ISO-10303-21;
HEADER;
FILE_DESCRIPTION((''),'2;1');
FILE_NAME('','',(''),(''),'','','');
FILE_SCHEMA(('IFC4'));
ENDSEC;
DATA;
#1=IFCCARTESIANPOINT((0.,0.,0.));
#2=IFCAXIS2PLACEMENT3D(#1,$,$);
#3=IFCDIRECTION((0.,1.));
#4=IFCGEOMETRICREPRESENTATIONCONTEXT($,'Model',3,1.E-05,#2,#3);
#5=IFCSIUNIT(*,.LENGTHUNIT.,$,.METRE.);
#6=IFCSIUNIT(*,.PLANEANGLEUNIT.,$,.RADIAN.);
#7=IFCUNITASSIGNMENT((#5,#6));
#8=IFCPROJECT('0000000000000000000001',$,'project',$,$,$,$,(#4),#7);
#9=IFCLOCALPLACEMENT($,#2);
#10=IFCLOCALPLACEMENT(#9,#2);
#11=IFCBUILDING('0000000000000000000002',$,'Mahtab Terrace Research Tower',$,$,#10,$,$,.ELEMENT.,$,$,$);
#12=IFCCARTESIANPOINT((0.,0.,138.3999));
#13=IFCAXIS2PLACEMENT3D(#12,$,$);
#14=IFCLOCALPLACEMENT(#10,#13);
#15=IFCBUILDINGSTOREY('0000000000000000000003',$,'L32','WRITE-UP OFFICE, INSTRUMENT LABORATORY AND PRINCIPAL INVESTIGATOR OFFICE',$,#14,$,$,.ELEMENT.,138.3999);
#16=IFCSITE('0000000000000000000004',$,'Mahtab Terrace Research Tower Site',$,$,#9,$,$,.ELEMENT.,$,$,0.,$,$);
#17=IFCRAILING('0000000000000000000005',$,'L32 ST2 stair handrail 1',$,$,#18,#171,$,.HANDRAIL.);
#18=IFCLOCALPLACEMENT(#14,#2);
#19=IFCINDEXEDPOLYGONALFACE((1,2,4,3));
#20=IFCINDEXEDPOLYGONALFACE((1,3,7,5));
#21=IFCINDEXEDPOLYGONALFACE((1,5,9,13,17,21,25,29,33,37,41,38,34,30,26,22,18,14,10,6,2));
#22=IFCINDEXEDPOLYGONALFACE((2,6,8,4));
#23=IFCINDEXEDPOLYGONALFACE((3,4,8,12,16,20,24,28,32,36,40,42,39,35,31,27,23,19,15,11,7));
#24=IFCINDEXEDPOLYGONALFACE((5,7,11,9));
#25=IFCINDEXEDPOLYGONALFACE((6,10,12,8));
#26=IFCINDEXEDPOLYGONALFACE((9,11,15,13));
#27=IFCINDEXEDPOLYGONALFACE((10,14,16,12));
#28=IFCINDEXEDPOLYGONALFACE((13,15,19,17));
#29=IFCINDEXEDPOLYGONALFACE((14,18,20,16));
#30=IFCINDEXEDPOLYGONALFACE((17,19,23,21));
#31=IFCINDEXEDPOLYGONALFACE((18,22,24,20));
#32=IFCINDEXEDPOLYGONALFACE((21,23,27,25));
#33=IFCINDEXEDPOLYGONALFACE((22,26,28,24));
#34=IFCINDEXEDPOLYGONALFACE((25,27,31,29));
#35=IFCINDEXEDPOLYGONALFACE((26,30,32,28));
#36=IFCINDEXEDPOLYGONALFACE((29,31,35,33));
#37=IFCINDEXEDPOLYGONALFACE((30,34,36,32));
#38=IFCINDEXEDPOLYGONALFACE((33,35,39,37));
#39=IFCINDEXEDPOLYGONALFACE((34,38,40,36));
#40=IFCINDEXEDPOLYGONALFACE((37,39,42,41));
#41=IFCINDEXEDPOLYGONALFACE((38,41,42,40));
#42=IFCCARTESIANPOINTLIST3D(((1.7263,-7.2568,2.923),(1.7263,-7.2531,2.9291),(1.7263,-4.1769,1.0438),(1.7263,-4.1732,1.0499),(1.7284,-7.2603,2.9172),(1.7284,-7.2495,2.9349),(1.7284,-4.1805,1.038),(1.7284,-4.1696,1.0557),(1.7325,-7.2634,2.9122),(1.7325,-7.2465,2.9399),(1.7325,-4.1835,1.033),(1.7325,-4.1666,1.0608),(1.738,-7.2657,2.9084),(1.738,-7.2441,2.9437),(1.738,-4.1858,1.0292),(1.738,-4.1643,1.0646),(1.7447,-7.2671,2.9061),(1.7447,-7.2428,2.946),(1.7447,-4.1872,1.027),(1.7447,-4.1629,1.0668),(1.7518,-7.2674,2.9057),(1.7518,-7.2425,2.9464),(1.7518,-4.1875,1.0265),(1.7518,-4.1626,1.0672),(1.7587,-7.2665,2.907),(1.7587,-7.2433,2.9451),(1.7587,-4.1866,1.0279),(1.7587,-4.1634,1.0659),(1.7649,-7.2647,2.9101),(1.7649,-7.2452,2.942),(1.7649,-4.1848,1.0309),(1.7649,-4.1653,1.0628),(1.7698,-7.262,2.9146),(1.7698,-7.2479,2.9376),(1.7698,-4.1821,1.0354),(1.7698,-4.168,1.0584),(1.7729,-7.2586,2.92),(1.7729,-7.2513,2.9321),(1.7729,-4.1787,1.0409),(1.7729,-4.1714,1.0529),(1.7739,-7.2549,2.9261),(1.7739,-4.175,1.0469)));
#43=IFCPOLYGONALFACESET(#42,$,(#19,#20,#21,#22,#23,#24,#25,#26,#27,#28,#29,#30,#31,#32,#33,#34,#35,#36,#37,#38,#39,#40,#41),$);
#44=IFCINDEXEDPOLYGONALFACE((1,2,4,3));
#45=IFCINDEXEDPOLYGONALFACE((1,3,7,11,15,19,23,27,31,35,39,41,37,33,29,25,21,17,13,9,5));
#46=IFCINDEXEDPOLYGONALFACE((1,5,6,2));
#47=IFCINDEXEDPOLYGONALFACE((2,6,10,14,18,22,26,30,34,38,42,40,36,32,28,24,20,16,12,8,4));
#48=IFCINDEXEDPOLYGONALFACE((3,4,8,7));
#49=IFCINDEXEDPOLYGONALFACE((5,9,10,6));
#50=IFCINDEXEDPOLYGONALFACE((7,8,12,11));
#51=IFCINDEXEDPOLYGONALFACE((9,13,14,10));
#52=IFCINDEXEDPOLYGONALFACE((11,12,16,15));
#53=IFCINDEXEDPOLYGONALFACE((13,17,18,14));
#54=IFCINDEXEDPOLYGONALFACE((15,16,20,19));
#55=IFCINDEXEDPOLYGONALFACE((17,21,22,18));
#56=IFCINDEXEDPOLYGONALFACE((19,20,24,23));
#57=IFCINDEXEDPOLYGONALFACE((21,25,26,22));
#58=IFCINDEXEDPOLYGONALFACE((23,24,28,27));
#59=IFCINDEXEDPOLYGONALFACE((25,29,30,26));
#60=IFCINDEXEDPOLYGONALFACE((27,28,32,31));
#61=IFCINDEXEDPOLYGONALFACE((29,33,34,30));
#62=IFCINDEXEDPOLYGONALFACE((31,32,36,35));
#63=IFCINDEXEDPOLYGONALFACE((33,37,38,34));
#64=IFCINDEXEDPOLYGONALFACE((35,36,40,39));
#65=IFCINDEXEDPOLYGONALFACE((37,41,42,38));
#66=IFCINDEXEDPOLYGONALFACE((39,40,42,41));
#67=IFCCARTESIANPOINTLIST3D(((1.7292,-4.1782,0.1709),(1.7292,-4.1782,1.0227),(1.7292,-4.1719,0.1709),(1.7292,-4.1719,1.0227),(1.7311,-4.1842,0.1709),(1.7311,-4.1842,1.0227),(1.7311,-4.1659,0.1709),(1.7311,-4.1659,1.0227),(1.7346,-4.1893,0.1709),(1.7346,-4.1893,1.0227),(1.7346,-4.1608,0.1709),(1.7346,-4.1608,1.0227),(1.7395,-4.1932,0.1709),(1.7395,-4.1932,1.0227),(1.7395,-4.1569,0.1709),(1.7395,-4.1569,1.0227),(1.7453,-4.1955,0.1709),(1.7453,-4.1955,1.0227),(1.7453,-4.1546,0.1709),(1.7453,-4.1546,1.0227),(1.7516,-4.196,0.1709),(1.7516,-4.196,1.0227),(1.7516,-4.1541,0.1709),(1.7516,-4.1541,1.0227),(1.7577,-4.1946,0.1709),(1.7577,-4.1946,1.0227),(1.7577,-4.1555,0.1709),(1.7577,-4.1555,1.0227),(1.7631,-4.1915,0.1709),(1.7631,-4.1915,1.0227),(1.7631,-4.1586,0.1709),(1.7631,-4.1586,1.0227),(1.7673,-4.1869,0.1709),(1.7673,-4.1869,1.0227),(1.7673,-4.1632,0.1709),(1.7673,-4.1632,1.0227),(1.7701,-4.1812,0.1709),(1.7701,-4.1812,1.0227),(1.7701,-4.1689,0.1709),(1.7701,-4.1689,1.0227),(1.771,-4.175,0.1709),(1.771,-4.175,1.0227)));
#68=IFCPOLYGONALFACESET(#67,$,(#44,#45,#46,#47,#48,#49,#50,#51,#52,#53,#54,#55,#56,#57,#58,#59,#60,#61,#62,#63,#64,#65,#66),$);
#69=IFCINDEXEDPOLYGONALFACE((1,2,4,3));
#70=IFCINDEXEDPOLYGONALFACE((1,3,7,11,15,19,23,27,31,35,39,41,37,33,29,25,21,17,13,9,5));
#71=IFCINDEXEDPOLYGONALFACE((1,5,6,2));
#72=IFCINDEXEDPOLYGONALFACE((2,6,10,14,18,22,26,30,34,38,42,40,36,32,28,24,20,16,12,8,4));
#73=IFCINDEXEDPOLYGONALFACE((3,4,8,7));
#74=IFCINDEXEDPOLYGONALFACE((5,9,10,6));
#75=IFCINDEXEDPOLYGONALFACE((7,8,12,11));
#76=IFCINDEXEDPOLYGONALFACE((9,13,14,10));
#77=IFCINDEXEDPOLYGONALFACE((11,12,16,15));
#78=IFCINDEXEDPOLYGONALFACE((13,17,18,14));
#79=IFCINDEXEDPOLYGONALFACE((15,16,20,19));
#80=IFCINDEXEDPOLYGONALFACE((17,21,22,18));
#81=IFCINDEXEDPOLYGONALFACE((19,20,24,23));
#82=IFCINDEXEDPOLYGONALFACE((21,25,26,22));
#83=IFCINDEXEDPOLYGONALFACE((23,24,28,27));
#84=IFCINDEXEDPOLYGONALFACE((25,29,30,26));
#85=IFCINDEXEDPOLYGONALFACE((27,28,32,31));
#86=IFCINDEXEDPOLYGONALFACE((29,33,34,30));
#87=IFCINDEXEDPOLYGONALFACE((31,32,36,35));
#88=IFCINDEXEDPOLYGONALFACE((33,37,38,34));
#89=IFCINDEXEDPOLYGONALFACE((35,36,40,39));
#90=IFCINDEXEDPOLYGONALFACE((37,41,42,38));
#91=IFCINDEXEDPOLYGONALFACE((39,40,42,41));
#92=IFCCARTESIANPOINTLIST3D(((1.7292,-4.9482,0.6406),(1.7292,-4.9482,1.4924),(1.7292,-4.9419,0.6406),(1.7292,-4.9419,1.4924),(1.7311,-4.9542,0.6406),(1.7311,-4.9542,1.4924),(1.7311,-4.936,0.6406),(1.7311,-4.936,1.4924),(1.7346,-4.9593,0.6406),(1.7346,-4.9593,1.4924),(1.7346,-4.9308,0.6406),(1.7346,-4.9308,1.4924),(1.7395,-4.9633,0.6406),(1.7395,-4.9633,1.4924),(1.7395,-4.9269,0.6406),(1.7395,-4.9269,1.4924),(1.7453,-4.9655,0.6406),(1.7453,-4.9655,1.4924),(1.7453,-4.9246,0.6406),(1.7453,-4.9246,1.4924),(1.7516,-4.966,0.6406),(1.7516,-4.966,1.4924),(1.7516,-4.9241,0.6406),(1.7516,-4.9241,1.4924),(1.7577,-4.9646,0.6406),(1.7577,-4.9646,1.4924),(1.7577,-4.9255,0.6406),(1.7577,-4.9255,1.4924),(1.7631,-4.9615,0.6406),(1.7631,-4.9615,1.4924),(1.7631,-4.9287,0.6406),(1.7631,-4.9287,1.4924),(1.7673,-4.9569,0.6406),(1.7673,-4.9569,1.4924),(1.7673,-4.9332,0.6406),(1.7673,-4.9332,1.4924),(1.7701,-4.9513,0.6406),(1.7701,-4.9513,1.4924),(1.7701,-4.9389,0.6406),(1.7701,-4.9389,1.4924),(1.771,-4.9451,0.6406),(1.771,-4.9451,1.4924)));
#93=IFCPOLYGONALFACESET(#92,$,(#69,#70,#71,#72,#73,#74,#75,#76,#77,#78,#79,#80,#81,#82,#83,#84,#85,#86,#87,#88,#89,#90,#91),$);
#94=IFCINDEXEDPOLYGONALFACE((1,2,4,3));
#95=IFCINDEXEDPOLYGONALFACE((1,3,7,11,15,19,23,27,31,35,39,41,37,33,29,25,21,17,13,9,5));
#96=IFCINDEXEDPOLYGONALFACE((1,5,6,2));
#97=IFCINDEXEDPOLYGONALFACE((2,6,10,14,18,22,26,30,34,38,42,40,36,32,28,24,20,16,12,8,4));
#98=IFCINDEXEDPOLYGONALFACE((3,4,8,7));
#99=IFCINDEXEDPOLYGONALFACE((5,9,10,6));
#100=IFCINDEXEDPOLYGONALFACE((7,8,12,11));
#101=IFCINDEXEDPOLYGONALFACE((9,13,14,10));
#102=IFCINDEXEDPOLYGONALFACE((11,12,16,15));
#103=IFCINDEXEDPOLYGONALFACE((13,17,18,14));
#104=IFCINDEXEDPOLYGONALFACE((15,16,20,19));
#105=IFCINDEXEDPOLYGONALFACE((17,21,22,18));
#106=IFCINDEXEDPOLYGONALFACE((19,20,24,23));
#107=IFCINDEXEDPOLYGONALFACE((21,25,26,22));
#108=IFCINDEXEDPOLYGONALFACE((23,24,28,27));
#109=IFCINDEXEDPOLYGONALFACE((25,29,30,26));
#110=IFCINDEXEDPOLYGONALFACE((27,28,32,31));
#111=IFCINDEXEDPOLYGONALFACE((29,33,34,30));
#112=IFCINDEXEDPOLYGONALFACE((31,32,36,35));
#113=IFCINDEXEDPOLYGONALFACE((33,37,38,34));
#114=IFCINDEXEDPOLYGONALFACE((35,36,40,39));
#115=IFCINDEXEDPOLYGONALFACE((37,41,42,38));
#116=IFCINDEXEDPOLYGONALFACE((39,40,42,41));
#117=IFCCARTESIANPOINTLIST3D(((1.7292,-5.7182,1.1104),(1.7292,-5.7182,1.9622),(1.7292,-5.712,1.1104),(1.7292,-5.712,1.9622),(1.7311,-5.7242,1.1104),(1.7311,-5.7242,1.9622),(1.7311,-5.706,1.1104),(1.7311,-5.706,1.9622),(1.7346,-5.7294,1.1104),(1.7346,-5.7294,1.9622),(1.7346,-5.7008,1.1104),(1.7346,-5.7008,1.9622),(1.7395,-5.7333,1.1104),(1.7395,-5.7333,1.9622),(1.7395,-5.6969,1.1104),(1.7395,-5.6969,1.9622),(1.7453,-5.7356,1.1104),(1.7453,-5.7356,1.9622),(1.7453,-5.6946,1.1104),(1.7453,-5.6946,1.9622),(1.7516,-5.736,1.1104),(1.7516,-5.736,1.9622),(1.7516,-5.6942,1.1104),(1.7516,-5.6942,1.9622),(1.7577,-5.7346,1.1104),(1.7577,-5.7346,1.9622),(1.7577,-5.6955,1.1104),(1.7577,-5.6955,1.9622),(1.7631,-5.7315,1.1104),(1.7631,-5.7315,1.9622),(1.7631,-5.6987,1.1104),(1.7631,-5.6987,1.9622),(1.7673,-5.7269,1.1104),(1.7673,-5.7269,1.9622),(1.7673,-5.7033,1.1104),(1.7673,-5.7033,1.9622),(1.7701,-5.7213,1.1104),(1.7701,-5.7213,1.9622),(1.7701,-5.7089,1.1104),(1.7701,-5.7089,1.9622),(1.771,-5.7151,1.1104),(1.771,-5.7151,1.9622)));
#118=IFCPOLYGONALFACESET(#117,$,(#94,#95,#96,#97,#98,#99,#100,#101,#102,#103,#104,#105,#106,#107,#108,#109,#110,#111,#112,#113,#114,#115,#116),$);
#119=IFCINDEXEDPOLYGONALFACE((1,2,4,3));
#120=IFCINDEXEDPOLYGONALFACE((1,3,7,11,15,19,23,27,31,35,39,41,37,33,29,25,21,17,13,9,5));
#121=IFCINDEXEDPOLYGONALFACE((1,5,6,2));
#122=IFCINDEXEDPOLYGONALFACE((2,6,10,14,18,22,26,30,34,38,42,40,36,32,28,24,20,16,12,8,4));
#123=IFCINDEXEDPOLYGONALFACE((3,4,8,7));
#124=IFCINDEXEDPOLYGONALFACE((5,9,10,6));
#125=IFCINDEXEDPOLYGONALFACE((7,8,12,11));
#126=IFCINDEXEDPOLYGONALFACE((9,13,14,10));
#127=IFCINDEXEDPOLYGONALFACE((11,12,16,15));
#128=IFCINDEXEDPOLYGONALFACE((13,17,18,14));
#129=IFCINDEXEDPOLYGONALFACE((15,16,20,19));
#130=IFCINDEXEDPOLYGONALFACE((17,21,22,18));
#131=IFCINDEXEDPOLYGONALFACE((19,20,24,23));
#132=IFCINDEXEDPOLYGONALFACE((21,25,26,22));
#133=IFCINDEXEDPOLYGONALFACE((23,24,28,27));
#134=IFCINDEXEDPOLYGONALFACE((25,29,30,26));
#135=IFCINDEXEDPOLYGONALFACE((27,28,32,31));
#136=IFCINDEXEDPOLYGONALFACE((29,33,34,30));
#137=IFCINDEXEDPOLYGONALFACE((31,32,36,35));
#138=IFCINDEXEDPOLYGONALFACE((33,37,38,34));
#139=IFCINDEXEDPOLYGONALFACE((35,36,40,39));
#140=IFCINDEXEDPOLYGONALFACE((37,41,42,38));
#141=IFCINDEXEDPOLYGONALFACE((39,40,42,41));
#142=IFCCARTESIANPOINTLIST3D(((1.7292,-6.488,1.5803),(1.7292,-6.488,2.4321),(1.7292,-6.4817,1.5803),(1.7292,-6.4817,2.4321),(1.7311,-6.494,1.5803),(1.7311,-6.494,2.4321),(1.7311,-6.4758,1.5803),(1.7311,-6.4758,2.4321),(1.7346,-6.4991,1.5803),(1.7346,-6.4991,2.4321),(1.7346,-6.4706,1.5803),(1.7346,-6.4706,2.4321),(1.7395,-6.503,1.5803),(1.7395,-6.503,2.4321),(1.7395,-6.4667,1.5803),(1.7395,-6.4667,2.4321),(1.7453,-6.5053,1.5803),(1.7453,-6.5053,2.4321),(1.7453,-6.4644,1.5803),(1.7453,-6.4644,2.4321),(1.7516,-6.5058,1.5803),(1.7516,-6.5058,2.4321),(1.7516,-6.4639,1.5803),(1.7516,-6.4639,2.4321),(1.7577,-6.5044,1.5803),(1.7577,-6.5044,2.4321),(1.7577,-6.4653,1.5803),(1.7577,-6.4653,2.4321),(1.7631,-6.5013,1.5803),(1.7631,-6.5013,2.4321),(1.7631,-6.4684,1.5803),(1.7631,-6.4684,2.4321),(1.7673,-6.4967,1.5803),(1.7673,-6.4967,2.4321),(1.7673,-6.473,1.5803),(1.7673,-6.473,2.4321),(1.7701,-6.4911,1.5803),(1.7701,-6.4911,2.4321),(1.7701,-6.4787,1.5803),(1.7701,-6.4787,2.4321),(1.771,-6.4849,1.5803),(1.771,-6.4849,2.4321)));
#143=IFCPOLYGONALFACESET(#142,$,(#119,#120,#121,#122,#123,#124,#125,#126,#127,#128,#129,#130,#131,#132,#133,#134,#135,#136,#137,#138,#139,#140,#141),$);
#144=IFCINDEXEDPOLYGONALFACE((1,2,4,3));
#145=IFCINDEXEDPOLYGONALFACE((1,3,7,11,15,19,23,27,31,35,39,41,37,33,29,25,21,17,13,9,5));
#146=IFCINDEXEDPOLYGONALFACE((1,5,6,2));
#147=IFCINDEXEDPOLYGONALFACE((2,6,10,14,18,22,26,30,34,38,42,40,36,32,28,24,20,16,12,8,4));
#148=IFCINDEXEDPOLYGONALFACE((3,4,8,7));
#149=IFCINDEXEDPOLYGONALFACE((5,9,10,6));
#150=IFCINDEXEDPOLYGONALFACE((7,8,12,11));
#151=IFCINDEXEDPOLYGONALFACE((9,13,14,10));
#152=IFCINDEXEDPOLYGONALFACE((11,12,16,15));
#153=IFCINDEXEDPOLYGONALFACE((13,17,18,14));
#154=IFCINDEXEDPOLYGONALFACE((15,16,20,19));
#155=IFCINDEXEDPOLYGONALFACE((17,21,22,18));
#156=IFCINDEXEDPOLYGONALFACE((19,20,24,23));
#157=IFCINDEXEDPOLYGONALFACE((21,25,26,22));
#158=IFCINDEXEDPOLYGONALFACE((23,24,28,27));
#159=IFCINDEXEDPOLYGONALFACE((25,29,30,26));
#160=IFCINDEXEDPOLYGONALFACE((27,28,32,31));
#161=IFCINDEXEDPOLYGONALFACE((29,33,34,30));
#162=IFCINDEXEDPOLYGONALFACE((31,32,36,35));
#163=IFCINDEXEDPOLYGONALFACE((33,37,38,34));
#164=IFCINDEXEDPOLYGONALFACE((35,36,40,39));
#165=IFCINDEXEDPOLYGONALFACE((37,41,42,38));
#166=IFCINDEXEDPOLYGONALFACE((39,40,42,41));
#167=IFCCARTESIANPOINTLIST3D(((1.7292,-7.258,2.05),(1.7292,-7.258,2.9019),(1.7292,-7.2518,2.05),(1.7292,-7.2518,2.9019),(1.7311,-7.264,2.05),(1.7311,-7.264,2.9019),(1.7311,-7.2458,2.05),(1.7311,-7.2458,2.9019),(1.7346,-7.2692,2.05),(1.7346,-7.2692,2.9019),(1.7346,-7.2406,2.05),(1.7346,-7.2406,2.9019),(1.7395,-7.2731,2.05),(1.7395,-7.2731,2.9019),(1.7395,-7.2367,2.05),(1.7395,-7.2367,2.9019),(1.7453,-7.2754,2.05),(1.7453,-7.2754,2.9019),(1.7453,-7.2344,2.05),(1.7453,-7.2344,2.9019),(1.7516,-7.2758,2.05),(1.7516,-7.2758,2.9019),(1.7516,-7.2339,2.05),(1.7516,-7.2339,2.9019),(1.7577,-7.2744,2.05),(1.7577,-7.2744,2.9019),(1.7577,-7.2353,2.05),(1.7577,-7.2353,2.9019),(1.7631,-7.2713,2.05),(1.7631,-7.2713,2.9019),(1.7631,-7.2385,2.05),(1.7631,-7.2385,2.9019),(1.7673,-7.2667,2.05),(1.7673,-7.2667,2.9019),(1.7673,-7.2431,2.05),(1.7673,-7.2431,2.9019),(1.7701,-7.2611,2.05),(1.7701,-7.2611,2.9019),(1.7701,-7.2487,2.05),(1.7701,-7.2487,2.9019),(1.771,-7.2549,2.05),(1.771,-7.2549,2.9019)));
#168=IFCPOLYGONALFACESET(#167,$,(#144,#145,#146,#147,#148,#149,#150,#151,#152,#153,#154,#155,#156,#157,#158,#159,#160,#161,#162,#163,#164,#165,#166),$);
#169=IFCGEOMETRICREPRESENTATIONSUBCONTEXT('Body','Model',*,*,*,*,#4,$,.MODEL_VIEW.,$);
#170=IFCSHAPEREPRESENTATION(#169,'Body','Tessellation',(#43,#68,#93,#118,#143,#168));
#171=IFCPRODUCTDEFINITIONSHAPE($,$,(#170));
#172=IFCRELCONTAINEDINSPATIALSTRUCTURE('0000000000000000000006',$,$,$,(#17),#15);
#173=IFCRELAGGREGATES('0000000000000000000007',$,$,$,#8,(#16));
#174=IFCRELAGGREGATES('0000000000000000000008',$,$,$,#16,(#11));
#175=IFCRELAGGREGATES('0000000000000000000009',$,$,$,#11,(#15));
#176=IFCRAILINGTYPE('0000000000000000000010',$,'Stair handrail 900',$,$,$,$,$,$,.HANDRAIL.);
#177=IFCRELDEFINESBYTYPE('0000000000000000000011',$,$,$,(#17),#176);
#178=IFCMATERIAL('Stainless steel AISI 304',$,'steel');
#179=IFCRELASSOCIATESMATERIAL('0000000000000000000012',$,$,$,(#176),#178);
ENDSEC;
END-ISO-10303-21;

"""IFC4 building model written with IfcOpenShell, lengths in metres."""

from ifc_helpers import new_model, si_unit, direction, frame, origin, origin_2d, place, context, subcontext, project, spatial, circle, extrude, material, type_object, element, save


model = new_model("IFC4")

# Units and contexts
model_context = context("Model", 3, precision=1e-05, world=origin(), true_north=direction((0.0, 1.0)))
body_context = subcontext(model_context, "Body", "Model", "MODEL_VIEW")
ifc_project = project(units=[si_unit("LENGTHUNIT", "METRE"), si_unit("PLANEANGLEUNIT", "RADIAN")], contexts=[model_context])

# Site, building, storey
site_placement = place(None, origin())
site = spatial("IfcSite", under=ifc_project, at=site_placement, Name="Mahtab Terrace Research Tower Site", CompositionType="ELEMENT", RefElevation=0.0)
building_placement = place(site_placement, origin())
building = spatial("IfcBuilding", under=site, at=building_placement, Name="Mahtab Terrace Research Tower", CompositionType="ELEMENT")
storey_placement = place(building_placement, frame((0.0, 0.0, 138.3999)))
storey = spatial("IfcBuildingStorey", under=building, at=storey_placement, Name="L32", Description="WRITE-UP OFFICE, INSTRUMENT LABORATORY AND PRINCIPAL INVESTIGATOR OFFICE", CompositionType="ELEMENT", Elevation=138.3999)

# Railing
ifc_material_1 = material(Name="Stainless steel AISI 304", Category="steel")
railing_type_1 = type_object("IfcRailingType", Name="Stair handrail 900", PredefinedType="HANDRAIL", material=ifc_material_1)
railing_1_placement = place(storey_placement, frame((1.75, -4.175, 0.1709)))
element("IfcRailing", 1, at=railing_1_placement, inside=storey, type_object=railing_type_1, Name="L32 ST2 stair handrail 1", PredefinedType="HANDRAIL", context=body_context, shape_type="SweptSolid", body=[
    extrude(circle(Radius=0.0239, at=origin_2d()), frame((0.0, 0.0, 0.876), z_axis=(0.0, -0.853648, 0.52085), x_axis=(1.0, 0.0, 0.0)), (0.0, 0.0, 1.0), 3.6079),
    extrude(circle(Radius=0.021, at=origin_2d()), origin(), (0.0, 0.0, 1.0), 0.8518),
    extrude(circle(Radius=0.021, at=origin_2d()), frame((0.0, -0.77, 0.4697)), (0.0, 0.0, 1.0), 0.8518),
    extrude(circle(Radius=0.021, at=origin_2d()), frame((0.0, -1.54, 0.9395)), (0.0, 0.0, 1.0), 0.8518),
    extrude(circle(Radius=0.021, at=origin_2d()), frame((0.0, -2.3098, 1.4094)), (0.0, 0.0, 1.0), 0.8518),
    extrude(circle(Radius=0.021, at=origin_2d()), frame((0.0, -3.0798, 1.8792)), (0.0, 0.0, 1.0), 0.8518),
])

save(model, "model.ifc")
